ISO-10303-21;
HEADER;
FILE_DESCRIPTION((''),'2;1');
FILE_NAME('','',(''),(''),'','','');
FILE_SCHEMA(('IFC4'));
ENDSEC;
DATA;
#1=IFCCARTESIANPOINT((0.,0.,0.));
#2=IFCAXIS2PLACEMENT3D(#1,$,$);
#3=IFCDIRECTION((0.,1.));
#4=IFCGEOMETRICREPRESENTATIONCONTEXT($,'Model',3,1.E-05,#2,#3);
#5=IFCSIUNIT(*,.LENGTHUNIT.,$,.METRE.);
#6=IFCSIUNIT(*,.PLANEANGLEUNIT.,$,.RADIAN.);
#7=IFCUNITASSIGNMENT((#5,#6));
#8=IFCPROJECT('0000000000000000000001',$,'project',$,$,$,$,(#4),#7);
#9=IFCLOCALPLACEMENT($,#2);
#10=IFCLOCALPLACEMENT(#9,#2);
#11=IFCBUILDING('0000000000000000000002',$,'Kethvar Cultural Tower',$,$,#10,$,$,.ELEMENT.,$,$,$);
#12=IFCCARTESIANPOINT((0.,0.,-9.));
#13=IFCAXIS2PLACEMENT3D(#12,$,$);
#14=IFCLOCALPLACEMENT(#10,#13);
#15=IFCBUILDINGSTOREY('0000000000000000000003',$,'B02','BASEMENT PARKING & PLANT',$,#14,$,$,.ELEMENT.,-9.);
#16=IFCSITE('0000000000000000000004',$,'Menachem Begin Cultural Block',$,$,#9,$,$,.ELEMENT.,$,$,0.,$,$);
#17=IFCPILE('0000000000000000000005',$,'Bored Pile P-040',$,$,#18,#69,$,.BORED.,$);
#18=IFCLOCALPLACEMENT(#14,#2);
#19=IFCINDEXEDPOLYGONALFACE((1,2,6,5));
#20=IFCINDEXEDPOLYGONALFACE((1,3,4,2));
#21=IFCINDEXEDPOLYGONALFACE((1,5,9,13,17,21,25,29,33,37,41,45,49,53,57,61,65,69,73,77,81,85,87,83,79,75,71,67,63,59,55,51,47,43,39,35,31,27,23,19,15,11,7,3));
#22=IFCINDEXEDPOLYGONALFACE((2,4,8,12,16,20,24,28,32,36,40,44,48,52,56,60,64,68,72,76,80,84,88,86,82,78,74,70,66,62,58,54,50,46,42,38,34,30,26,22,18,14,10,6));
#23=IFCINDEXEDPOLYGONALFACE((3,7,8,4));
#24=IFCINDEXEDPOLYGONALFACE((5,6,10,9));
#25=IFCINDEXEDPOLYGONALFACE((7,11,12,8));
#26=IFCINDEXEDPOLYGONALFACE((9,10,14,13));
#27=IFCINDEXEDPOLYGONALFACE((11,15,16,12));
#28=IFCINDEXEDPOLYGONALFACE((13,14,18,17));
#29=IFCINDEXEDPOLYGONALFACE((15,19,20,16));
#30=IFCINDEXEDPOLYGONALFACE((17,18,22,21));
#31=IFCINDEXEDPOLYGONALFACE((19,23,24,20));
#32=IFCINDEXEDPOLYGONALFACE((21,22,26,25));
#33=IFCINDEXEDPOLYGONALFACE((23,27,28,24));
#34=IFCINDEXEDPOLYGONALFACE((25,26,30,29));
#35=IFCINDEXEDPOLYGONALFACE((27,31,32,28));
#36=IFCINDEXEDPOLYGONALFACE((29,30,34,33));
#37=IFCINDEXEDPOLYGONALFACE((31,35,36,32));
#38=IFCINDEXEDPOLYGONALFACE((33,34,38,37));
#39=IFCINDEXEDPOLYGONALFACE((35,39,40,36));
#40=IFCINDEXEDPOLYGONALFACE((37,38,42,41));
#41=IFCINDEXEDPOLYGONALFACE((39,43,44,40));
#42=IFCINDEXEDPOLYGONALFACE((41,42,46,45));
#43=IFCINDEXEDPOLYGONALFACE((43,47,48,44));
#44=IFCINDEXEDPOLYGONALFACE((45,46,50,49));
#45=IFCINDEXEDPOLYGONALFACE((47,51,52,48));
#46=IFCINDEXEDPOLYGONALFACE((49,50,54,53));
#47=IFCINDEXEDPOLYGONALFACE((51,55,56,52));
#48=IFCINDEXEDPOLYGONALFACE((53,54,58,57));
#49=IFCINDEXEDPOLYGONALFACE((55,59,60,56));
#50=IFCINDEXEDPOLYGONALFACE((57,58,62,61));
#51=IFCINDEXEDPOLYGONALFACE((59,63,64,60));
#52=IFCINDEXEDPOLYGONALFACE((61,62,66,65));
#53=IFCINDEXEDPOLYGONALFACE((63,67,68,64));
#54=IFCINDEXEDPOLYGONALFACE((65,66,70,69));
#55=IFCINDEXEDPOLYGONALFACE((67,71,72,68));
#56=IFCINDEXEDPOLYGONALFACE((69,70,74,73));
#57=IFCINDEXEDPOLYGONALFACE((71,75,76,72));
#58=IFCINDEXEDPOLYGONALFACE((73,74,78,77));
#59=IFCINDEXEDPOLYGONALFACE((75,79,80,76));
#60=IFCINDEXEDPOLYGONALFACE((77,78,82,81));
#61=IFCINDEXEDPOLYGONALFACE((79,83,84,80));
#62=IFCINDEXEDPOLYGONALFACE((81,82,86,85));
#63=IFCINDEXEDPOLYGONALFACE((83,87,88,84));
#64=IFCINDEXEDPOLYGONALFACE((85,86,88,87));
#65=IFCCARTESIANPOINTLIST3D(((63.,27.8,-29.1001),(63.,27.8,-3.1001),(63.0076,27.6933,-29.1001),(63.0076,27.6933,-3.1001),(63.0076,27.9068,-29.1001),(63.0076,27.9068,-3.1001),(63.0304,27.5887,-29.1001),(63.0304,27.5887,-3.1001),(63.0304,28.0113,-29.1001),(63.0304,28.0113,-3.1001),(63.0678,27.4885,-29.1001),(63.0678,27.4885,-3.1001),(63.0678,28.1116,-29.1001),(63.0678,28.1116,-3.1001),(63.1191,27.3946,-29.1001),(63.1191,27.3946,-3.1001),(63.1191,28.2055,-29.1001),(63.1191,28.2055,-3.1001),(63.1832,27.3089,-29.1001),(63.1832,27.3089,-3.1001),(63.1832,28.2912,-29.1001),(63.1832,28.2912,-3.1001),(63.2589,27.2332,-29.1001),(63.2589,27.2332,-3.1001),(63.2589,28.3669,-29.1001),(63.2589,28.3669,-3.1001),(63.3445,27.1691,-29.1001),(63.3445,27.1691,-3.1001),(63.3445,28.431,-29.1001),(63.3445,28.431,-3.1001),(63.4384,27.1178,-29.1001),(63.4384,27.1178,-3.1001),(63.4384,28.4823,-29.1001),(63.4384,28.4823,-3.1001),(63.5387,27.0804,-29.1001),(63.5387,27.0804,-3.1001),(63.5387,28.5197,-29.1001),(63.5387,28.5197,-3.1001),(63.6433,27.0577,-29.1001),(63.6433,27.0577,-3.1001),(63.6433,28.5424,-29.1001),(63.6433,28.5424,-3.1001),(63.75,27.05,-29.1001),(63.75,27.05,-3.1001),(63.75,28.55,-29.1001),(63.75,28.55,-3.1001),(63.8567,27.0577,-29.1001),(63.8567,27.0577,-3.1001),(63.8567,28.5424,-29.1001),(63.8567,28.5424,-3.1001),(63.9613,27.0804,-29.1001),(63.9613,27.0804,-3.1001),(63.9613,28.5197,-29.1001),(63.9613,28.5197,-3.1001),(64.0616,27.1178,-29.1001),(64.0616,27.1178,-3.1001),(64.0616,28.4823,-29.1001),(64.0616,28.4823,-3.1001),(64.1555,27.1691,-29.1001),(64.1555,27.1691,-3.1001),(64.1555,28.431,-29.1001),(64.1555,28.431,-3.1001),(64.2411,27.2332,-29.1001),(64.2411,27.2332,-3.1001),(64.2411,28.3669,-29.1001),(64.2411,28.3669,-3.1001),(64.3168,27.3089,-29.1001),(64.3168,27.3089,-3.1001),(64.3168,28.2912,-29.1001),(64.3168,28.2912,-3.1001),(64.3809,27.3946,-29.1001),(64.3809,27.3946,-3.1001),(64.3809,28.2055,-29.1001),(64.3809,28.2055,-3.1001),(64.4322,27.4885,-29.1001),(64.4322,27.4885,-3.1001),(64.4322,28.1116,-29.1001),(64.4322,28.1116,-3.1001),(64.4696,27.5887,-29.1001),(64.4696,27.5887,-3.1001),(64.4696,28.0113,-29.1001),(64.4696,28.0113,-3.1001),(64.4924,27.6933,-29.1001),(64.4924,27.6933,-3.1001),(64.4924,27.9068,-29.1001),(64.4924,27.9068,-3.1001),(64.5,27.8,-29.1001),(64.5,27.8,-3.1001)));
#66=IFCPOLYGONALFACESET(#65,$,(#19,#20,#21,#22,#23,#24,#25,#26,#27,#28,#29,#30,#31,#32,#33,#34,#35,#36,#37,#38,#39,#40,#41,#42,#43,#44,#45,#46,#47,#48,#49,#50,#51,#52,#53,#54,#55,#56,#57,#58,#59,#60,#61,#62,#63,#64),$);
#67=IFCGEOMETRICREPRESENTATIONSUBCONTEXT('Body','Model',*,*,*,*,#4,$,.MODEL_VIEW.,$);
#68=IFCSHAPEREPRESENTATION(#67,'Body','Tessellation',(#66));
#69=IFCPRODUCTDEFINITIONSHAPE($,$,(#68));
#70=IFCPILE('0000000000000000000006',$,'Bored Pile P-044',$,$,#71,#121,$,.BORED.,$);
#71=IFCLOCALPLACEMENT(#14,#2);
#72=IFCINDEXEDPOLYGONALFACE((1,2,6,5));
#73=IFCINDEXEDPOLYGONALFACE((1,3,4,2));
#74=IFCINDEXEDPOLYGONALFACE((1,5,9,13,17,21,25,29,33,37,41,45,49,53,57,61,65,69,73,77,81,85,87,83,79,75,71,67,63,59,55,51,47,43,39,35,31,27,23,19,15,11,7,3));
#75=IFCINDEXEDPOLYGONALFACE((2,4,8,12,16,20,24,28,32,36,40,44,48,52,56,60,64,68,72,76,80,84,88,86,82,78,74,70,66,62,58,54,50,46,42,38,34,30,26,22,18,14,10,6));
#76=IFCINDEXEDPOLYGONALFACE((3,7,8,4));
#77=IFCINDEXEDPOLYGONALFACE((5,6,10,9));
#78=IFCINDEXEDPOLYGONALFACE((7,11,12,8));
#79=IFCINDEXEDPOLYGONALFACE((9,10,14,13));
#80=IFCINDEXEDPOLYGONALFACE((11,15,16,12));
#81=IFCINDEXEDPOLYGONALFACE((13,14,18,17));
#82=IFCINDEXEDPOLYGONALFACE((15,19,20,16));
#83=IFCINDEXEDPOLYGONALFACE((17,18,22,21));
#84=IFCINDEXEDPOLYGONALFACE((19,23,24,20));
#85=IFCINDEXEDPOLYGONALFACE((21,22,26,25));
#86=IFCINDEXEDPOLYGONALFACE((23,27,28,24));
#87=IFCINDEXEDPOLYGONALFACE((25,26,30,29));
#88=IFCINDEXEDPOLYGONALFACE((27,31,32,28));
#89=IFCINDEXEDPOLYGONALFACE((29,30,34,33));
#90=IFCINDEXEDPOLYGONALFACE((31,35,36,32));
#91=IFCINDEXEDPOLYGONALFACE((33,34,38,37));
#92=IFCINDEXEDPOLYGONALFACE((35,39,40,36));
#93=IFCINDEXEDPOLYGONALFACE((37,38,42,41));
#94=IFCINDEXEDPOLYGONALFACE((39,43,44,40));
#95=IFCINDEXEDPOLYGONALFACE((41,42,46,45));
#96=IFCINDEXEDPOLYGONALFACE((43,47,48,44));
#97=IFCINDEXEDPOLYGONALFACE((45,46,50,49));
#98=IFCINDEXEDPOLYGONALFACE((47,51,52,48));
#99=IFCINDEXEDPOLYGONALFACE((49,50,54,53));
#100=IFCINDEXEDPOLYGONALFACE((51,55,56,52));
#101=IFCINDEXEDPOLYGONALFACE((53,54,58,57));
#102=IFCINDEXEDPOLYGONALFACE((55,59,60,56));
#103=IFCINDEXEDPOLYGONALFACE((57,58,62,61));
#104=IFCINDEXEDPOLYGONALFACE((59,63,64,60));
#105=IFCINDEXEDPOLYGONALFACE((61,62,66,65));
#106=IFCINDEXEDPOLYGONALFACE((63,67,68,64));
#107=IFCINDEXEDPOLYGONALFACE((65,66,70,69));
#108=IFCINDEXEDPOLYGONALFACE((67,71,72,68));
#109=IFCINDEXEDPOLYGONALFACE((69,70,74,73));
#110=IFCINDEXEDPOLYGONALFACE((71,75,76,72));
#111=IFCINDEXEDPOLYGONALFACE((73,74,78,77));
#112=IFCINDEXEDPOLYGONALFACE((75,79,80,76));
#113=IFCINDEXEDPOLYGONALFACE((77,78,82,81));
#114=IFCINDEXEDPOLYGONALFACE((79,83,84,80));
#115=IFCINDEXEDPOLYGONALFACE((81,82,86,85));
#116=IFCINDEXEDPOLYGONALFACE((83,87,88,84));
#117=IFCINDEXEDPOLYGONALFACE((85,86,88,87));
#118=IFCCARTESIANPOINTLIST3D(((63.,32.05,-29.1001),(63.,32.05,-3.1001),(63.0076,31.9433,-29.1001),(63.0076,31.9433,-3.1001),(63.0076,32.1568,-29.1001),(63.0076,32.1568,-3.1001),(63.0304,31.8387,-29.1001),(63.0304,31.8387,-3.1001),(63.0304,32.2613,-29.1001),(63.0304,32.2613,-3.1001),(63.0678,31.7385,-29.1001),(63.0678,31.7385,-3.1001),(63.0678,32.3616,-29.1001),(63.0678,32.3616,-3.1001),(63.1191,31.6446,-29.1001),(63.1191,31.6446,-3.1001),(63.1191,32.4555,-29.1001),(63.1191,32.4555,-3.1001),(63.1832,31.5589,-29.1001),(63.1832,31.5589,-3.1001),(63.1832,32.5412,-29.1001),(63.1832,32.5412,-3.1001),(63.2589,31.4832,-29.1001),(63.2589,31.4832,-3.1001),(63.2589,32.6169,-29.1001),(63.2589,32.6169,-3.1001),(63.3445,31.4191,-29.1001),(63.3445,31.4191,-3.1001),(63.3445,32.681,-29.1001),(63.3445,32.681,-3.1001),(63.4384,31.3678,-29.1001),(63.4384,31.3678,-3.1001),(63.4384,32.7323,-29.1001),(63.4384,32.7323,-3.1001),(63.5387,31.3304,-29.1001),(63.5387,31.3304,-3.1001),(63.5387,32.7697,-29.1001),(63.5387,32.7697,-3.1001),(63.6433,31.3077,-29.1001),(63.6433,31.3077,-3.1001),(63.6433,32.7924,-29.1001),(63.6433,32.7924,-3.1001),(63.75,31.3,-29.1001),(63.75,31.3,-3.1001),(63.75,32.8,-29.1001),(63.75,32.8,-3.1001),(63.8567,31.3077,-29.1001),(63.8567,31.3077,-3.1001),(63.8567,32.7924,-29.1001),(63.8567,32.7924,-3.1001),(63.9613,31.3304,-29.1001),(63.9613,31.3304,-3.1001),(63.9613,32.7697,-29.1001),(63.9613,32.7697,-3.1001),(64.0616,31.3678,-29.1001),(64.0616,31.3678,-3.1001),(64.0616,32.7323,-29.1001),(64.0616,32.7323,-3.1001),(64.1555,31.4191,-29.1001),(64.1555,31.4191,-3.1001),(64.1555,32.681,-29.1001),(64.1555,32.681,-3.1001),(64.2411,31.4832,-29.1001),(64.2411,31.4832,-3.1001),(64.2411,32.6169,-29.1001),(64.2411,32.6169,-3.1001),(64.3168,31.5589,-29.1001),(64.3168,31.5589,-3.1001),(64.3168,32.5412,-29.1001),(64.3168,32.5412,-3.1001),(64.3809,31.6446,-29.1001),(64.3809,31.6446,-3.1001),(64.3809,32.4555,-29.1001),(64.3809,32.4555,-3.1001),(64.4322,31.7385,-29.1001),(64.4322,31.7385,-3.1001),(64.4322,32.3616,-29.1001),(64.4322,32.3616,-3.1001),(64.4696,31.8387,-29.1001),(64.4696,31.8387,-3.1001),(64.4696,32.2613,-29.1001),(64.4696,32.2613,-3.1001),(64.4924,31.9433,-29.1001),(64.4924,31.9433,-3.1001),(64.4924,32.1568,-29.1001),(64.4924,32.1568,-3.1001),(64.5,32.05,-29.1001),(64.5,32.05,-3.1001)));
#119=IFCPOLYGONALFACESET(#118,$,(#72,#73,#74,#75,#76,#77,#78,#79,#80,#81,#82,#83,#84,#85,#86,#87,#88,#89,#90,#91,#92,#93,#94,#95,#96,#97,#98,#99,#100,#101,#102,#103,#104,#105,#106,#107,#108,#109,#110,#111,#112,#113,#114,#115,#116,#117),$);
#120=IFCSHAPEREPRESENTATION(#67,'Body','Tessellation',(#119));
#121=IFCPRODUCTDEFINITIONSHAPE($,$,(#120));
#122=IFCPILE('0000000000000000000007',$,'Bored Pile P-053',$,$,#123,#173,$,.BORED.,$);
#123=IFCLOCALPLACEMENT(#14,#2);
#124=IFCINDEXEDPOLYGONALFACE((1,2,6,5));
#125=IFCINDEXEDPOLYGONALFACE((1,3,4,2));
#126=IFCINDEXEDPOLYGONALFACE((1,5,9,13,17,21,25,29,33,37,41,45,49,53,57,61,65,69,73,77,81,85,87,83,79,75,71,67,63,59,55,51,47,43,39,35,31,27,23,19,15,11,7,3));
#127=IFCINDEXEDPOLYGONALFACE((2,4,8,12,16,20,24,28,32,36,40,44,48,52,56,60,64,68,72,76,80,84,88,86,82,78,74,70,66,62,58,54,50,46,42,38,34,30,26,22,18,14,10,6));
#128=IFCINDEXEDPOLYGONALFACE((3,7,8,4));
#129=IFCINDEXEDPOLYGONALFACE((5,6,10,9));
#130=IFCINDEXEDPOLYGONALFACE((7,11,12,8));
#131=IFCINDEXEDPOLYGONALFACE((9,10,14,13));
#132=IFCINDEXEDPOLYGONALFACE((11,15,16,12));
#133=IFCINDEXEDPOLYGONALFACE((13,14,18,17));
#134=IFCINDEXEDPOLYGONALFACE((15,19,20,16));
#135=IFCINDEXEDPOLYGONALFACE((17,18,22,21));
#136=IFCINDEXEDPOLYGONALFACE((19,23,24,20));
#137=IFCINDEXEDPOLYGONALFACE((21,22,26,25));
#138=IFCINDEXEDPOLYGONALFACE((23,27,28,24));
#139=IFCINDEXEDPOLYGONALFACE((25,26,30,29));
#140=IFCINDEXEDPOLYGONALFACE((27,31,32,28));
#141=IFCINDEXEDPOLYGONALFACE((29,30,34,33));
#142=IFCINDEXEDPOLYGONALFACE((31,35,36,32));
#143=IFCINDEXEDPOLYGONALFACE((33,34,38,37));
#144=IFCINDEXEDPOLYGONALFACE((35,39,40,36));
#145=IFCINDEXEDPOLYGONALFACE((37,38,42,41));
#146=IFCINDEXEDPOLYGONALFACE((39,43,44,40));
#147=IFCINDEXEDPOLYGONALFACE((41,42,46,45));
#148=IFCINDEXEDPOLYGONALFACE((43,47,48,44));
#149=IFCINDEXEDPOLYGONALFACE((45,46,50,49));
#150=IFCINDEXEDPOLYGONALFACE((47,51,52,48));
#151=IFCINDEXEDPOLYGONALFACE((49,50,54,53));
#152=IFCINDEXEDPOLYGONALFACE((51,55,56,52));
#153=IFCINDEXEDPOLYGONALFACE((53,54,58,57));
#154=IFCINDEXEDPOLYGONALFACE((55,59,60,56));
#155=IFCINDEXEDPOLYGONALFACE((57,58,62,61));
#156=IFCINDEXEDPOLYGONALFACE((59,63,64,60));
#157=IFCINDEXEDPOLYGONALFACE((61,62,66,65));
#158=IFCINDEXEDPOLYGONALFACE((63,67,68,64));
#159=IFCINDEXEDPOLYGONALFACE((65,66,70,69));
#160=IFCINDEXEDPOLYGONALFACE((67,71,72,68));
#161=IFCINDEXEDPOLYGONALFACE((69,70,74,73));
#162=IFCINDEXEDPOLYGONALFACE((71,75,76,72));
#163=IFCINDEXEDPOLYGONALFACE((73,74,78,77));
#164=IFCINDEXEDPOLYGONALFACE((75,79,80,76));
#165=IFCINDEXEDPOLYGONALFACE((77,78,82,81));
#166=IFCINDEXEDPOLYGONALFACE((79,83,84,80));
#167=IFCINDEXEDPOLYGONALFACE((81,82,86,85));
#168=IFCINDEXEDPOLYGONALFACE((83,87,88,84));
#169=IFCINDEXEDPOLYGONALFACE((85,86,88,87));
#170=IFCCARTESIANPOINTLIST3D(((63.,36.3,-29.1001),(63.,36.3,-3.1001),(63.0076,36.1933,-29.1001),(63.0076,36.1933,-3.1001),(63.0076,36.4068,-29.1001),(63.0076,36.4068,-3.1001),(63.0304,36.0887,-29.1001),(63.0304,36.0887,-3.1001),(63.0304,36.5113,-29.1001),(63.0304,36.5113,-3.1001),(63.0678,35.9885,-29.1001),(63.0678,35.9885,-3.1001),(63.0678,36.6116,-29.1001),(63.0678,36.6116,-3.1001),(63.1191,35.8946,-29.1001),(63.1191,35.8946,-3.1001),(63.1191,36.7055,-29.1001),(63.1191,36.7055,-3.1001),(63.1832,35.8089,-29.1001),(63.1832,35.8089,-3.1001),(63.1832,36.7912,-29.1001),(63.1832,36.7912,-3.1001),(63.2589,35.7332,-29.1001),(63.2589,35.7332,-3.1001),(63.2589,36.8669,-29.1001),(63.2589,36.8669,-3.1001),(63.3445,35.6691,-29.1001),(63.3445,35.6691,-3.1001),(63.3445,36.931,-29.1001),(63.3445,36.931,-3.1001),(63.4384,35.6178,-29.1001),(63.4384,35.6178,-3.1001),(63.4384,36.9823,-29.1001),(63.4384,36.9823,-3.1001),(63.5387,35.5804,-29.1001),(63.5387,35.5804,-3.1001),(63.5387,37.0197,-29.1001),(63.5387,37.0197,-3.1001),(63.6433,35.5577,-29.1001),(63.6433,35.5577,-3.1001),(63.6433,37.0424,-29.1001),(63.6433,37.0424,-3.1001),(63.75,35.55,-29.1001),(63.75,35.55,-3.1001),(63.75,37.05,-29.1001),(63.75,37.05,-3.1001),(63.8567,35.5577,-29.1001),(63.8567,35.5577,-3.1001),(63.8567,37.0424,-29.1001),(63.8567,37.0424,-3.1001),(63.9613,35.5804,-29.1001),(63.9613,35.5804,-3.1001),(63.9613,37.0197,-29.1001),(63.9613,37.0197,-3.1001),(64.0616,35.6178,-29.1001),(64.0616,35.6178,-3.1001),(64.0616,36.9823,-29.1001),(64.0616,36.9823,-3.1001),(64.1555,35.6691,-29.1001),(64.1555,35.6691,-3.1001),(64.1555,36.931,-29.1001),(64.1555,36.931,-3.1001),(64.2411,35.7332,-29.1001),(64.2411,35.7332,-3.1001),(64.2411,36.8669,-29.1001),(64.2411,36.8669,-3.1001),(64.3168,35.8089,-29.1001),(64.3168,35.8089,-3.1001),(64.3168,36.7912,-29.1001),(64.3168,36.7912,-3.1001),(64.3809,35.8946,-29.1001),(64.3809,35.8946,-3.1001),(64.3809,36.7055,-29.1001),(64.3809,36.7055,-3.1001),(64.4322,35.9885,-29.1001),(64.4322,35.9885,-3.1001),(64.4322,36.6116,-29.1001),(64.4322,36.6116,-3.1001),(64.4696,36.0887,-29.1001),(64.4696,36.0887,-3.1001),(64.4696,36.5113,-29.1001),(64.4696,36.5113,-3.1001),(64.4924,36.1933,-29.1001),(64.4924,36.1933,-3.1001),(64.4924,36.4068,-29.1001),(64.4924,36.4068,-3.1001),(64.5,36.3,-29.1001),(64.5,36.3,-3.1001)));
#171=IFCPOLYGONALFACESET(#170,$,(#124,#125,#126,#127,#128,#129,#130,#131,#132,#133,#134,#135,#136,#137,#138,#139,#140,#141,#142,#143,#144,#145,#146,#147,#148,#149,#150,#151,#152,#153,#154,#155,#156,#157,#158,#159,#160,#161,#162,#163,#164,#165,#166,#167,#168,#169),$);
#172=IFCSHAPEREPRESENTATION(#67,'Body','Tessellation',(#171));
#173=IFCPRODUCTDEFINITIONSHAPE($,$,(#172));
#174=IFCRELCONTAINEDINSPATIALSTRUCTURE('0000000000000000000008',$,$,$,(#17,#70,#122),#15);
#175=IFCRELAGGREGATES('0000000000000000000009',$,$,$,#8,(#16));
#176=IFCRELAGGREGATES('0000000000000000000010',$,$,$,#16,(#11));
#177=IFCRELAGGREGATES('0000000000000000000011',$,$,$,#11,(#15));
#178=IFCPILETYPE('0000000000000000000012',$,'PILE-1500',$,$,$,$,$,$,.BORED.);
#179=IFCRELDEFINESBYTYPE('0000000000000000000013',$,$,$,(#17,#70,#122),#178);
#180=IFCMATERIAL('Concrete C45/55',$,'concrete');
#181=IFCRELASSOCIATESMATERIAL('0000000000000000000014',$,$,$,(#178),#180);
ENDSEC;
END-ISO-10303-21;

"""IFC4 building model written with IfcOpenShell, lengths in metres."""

from ifc_helpers import new_model, si_unit, direction, frame, origin, origin_2d, place, context, subcontext, project, spatial, circle, extrude, source, transform, mapped, material, material_profile, profile_set, type_object, element, save


model = new_model("IFC4")

# Units and contexts
model_context = context("Model", 3, precision=1e-05, world=origin(), true_north=direction((0.0, 1.0)))
body_context = subcontext(model_context, "Body", "Model", "MODEL_VIEW")
ifc_project = project(units=[si_unit("LENGTHUNIT", "METRE"), si_unit("PLANEANGLEUNIT", "RADIAN")], contexts=[model_context])

# Site, building, storey
site_placement = place(None, origin())
site = spatial("IfcSite", under=ifc_project, at=site_placement, Name="Menachem Begin Cultural Block", CompositionType="ELEMENT", RefElevation=0.0)
building_placement = place(site_placement, origin())
building = spatial("IfcBuilding", under=site, at=building_placement, Name="Kethvar Cultural Tower", CompositionType="ELEMENT")
storey_placement = place(building_placement, frame((0.0, 0.0, -9.0)))
storey = spatial("IfcBuildingStorey", under=building, at=storey_placement, Name="B02", Description="BASEMENT PARKING & PLANT", CompositionType="ELEMENT", Elevation=-9.0)

# Piles
ifc_material_1 = material(Name="Concrete C45/55", Category="concrete")
ifc_material_profile_1 = material_profile(ifc_material_1, circle(Radius=0.75, at=origin_2d()), Name="Concrete C45/55 — PILE1500")
ifc_profile_set_1 = profile_set([ifc_material_profile_1], Name="Concrete C45/55 — PILE1500")
pile_type = type_object("IfcPileType", Name="PILE-1500", PredefinedType="BORED", material=ifc_profile_set_1)
shared_shape_1 = source(origin(), body_context, "Body", "SweptSolid", [
    extrude(circle(Radius=0.75, at=origin_2d()), origin(), (0.0, 0.0, 1.0), 26.0),
])
for number, where, z_axis, x_axis, name in (
    (1, (63.75, 27.8, -3.1001), (0.0, 0.0, -1.0), (1.0, 0.0, 0.0), "Bored Pile P-040"),
    (2, (63.75, 32.05, -3.1001), (0.0, 0.0, -1.0), (1.0, 0.0, 0.0), "Bored Pile P-044"),
    (3, (63.75, 36.3, -3.1001), (0.0, 0.0, -1.0), (1.0, 0.0, 0.0), "Bored Pile P-053"),
):
    element("IfcPile", number, at=place(storey_placement, frame(where, z_axis=z_axis, x_axis=x_axis)), inside=storey, type_object=pile_type, Name=name, PredefinedType="BORED", context=body_context, shape_type="MappedRepresentation", body=[
        mapped(shared_shape_1, transform((0.0, 0.0, 0.0), scale=1.0)),
    ])

save(model, "model.ifc")
